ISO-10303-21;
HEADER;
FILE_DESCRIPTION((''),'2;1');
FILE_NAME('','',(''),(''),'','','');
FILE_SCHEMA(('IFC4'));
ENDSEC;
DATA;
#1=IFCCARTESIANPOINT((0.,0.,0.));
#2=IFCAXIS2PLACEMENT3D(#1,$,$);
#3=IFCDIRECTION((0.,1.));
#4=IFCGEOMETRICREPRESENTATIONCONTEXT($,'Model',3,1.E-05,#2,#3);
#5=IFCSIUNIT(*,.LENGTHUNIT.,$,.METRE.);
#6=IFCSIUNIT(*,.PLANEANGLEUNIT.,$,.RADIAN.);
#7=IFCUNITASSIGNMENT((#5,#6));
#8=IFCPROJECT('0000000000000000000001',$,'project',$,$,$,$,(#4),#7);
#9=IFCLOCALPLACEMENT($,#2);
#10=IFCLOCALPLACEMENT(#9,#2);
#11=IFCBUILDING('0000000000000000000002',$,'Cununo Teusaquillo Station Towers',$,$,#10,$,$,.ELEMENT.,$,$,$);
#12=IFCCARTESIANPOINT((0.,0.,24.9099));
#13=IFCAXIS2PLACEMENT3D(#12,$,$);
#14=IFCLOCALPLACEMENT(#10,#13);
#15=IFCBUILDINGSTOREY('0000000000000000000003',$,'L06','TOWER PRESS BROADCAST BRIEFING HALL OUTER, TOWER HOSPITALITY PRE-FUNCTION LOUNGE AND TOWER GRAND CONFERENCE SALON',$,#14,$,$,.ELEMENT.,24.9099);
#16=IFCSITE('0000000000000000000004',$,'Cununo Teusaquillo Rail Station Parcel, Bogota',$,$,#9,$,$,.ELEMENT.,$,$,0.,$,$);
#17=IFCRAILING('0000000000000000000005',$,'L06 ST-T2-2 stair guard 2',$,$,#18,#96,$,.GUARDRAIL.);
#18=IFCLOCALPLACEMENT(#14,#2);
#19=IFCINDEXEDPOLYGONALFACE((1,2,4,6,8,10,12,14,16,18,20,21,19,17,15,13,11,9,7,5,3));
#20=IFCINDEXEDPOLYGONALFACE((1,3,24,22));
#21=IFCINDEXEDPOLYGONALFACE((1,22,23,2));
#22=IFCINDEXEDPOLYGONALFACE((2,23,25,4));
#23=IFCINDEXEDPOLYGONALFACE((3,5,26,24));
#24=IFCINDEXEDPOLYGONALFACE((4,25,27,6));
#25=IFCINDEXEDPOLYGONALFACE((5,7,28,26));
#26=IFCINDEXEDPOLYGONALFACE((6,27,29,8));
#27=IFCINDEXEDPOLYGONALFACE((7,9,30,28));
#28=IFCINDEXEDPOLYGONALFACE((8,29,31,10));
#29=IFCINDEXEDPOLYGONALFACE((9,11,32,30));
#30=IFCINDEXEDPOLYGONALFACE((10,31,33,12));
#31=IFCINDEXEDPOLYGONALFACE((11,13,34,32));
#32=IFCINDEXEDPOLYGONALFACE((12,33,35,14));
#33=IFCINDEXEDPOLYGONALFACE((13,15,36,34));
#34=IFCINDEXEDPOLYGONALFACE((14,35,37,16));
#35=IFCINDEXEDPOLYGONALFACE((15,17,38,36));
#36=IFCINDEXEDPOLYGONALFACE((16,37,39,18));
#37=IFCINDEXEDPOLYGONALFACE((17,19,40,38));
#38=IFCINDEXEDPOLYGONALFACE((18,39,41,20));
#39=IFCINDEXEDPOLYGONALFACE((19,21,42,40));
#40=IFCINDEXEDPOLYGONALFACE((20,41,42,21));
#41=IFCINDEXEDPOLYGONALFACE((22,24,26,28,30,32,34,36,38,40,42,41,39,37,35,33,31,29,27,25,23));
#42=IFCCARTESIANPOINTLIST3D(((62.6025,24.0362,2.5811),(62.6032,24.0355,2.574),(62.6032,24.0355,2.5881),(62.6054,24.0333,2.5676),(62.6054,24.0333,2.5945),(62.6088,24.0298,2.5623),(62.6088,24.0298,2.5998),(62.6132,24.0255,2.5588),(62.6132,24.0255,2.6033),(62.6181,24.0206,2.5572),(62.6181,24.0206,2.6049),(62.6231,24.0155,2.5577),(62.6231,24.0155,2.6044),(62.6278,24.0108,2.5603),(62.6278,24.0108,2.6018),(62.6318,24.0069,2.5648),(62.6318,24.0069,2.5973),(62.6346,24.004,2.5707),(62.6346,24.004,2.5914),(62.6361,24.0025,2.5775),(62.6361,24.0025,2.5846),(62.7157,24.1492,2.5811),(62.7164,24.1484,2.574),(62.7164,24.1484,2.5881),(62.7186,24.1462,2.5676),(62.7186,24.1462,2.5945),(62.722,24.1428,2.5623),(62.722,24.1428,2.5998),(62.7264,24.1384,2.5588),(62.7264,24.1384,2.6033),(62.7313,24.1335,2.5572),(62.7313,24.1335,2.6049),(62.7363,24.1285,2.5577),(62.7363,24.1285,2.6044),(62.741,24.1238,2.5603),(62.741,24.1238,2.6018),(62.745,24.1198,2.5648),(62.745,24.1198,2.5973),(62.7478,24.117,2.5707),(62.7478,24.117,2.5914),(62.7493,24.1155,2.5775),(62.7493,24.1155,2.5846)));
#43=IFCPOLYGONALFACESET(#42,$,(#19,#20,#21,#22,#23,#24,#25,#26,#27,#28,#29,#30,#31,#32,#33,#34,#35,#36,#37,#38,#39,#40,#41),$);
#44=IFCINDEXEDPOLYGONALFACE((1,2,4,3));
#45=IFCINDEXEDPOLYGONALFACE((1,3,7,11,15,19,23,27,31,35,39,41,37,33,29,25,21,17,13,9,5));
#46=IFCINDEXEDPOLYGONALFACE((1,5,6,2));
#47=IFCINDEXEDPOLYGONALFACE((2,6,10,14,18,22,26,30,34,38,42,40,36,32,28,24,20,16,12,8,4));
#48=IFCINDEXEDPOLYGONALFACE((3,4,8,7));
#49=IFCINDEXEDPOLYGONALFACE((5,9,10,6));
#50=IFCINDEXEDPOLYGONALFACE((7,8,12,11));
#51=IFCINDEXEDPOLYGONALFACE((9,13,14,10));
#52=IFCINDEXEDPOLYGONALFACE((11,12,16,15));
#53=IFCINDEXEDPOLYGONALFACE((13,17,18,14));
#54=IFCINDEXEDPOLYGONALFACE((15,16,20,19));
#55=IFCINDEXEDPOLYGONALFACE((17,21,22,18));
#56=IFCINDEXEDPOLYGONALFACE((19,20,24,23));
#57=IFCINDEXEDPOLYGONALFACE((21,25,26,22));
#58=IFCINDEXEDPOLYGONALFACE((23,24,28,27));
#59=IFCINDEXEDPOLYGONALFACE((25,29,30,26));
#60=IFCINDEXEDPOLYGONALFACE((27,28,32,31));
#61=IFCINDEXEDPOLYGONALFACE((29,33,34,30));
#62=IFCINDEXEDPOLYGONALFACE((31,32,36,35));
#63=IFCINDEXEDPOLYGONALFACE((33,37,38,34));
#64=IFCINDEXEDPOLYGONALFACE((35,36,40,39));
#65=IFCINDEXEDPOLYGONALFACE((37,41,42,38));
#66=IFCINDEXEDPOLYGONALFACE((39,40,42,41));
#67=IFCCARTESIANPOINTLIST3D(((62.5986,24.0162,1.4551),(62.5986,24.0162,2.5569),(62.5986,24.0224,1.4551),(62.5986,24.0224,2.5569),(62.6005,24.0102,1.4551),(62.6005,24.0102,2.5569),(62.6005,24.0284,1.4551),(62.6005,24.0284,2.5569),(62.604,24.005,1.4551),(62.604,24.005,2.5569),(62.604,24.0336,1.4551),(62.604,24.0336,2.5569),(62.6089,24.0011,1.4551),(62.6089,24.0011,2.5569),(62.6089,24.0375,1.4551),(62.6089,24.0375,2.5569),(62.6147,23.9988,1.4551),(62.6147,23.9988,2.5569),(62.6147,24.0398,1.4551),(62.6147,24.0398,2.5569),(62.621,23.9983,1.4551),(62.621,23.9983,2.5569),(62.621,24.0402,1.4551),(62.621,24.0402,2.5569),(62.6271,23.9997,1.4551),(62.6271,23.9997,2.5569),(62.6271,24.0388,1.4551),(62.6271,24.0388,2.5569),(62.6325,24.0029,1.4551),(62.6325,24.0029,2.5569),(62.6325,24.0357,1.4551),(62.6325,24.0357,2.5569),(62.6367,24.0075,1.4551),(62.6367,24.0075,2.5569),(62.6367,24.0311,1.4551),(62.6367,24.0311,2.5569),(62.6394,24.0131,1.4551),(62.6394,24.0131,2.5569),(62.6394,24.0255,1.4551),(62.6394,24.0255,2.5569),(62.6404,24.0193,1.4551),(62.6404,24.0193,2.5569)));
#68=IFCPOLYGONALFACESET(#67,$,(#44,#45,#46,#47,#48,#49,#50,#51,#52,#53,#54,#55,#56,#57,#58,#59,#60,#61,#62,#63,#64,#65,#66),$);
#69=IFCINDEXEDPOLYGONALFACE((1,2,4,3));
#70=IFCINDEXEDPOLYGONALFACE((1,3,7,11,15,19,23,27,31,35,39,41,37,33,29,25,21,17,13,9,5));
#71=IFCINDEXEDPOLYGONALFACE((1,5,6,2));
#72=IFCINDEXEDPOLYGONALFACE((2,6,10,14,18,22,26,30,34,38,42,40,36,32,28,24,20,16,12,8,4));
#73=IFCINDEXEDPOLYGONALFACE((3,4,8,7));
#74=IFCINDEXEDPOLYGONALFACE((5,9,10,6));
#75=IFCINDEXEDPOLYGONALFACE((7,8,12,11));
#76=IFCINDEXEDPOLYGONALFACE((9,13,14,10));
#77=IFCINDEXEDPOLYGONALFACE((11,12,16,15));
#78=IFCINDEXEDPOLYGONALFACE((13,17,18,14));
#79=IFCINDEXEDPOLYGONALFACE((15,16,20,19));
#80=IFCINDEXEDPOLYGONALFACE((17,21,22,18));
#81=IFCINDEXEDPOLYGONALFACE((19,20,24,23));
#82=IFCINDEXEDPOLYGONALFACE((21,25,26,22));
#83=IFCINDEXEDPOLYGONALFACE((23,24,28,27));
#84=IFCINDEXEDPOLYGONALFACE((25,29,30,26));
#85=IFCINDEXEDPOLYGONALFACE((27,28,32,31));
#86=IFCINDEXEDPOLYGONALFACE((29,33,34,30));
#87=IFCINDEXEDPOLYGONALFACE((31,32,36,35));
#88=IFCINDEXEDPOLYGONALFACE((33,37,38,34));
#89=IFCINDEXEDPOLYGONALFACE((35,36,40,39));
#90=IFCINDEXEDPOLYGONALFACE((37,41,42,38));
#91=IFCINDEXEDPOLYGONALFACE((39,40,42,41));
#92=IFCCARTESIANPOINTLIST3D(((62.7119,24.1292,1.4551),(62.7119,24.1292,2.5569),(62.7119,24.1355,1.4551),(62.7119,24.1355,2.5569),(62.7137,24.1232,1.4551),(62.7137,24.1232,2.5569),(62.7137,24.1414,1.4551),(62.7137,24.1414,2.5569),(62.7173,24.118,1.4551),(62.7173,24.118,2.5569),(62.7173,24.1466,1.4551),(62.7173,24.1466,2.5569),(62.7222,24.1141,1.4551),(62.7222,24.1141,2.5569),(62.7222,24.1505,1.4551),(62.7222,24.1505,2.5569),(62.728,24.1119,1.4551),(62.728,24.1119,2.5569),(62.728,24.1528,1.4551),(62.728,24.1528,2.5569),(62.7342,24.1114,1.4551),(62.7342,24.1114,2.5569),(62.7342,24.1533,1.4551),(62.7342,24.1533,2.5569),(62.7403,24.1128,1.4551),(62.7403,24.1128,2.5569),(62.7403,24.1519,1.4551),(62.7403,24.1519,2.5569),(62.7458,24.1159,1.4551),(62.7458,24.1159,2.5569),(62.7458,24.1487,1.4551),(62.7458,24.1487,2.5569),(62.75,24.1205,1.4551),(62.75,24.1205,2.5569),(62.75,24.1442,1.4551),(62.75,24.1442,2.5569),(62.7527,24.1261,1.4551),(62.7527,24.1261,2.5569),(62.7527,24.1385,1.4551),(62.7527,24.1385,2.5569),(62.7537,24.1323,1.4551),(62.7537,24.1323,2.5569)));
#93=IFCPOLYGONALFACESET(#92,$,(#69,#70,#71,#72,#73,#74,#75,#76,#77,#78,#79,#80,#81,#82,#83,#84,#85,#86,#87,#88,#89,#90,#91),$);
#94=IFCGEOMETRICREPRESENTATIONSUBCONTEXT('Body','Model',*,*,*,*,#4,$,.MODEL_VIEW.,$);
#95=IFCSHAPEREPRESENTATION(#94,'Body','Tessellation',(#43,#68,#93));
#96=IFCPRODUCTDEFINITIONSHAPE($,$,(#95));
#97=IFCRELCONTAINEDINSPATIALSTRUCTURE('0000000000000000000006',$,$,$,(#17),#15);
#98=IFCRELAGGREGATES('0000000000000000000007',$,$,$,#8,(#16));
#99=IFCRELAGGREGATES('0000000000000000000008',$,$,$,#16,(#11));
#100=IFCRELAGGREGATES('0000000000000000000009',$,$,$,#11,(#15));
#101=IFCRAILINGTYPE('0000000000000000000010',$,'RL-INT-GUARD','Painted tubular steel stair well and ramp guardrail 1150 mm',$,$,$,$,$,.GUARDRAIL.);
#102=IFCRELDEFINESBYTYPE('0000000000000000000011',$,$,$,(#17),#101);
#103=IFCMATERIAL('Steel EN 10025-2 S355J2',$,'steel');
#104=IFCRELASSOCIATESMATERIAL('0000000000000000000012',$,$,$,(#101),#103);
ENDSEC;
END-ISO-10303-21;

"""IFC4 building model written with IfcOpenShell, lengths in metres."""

from ifc_helpers import new_model, si_unit, direction, frame, origin, origin_2d, place, context, subcontext, project, spatial, circle, extrude, material, type_object, element, save


model = new_model("IFC4")

# Units and contexts
model_context = context("Model", 3, precision=1e-05, world=origin(), true_north=direction((0.0, 1.0)))
body_context = subcontext(model_context, "Body", "Model", "MODEL_VIEW")
ifc_project = project(units=[si_unit("LENGTHUNIT", "METRE"), si_unit("PLANEANGLEUNIT", "RADIAN")], contexts=[model_context])

# Site, building, storey
site_placement = place(None, origin())
site = spatial("IfcSite", under=ifc_project, at=site_placement, Name="Cununo Teusaquillo Rail Station Parcel, Bogota", CompositionType="ELEMENT", RefElevation=0.0)
building_placement = place(site_placement, origin())
building = spatial("IfcBuilding", under=site, at=building_placement, Name="Cununo Teusaquillo Station Towers", CompositionType="ELEMENT")
storey_placement = place(building_placement, frame((0.0, 0.0, 24.9099)))
storey = spatial("IfcBuildingStorey", under=building, at=storey_placement, Name="L06", Description="TOWER PRESS BROADCAST BRIEFING HALL OUTER, TOWER HOSPITALITY PRE-FUNCTION LOUNGE AND TOWER GRAND CONFERENCE SALON", CompositionType="ELEMENT", Elevation=24.9099)

# Railing
ifc_material_1 = material(Name="Steel EN 10025-2 S355J2", Category="steel")
railing_type_1 = type_object("IfcRailingType", Name="RL-INT-GUARD", Description="Painted tubular steel stair well and ramp guardrail 1150 mm", PredefinedType="GUARDRAIL", material=ifc_material_1)
railing_1_placement = place(storey_placement, frame((62.6194, 24.0193, 1.4551)))
element("IfcRailing", 1, at=railing_1_placement, inside=storey, type_object=railing_type_1, Name="L06 ST-T2-2 stair guard 2", PredefinedType="GUARDRAIL", context=body_context, shape_type="SweptSolid", body=[
    extrude(circle(Radius=0.0239, at=origin_2d()), frame((0.0, 0.0, 1.126), z_axis=(0.707869, 0.706344, 0.0), x_axis=(-0.706344, 0.707869, 0.0)), (0.0, 0.0, 1.0), 0.1599),
    extrude(circle(Radius=0.021, at=origin_2d()), origin(), (0.0, 0.0, 1.0), 1.1018),
    extrude(circle(Radius=0.021, at=origin_2d()), frame((0.1133, 0.113, 0.0)), (0.0, 0.0, 1.0), 1.1018),
])

save(model, "model.ifc")
